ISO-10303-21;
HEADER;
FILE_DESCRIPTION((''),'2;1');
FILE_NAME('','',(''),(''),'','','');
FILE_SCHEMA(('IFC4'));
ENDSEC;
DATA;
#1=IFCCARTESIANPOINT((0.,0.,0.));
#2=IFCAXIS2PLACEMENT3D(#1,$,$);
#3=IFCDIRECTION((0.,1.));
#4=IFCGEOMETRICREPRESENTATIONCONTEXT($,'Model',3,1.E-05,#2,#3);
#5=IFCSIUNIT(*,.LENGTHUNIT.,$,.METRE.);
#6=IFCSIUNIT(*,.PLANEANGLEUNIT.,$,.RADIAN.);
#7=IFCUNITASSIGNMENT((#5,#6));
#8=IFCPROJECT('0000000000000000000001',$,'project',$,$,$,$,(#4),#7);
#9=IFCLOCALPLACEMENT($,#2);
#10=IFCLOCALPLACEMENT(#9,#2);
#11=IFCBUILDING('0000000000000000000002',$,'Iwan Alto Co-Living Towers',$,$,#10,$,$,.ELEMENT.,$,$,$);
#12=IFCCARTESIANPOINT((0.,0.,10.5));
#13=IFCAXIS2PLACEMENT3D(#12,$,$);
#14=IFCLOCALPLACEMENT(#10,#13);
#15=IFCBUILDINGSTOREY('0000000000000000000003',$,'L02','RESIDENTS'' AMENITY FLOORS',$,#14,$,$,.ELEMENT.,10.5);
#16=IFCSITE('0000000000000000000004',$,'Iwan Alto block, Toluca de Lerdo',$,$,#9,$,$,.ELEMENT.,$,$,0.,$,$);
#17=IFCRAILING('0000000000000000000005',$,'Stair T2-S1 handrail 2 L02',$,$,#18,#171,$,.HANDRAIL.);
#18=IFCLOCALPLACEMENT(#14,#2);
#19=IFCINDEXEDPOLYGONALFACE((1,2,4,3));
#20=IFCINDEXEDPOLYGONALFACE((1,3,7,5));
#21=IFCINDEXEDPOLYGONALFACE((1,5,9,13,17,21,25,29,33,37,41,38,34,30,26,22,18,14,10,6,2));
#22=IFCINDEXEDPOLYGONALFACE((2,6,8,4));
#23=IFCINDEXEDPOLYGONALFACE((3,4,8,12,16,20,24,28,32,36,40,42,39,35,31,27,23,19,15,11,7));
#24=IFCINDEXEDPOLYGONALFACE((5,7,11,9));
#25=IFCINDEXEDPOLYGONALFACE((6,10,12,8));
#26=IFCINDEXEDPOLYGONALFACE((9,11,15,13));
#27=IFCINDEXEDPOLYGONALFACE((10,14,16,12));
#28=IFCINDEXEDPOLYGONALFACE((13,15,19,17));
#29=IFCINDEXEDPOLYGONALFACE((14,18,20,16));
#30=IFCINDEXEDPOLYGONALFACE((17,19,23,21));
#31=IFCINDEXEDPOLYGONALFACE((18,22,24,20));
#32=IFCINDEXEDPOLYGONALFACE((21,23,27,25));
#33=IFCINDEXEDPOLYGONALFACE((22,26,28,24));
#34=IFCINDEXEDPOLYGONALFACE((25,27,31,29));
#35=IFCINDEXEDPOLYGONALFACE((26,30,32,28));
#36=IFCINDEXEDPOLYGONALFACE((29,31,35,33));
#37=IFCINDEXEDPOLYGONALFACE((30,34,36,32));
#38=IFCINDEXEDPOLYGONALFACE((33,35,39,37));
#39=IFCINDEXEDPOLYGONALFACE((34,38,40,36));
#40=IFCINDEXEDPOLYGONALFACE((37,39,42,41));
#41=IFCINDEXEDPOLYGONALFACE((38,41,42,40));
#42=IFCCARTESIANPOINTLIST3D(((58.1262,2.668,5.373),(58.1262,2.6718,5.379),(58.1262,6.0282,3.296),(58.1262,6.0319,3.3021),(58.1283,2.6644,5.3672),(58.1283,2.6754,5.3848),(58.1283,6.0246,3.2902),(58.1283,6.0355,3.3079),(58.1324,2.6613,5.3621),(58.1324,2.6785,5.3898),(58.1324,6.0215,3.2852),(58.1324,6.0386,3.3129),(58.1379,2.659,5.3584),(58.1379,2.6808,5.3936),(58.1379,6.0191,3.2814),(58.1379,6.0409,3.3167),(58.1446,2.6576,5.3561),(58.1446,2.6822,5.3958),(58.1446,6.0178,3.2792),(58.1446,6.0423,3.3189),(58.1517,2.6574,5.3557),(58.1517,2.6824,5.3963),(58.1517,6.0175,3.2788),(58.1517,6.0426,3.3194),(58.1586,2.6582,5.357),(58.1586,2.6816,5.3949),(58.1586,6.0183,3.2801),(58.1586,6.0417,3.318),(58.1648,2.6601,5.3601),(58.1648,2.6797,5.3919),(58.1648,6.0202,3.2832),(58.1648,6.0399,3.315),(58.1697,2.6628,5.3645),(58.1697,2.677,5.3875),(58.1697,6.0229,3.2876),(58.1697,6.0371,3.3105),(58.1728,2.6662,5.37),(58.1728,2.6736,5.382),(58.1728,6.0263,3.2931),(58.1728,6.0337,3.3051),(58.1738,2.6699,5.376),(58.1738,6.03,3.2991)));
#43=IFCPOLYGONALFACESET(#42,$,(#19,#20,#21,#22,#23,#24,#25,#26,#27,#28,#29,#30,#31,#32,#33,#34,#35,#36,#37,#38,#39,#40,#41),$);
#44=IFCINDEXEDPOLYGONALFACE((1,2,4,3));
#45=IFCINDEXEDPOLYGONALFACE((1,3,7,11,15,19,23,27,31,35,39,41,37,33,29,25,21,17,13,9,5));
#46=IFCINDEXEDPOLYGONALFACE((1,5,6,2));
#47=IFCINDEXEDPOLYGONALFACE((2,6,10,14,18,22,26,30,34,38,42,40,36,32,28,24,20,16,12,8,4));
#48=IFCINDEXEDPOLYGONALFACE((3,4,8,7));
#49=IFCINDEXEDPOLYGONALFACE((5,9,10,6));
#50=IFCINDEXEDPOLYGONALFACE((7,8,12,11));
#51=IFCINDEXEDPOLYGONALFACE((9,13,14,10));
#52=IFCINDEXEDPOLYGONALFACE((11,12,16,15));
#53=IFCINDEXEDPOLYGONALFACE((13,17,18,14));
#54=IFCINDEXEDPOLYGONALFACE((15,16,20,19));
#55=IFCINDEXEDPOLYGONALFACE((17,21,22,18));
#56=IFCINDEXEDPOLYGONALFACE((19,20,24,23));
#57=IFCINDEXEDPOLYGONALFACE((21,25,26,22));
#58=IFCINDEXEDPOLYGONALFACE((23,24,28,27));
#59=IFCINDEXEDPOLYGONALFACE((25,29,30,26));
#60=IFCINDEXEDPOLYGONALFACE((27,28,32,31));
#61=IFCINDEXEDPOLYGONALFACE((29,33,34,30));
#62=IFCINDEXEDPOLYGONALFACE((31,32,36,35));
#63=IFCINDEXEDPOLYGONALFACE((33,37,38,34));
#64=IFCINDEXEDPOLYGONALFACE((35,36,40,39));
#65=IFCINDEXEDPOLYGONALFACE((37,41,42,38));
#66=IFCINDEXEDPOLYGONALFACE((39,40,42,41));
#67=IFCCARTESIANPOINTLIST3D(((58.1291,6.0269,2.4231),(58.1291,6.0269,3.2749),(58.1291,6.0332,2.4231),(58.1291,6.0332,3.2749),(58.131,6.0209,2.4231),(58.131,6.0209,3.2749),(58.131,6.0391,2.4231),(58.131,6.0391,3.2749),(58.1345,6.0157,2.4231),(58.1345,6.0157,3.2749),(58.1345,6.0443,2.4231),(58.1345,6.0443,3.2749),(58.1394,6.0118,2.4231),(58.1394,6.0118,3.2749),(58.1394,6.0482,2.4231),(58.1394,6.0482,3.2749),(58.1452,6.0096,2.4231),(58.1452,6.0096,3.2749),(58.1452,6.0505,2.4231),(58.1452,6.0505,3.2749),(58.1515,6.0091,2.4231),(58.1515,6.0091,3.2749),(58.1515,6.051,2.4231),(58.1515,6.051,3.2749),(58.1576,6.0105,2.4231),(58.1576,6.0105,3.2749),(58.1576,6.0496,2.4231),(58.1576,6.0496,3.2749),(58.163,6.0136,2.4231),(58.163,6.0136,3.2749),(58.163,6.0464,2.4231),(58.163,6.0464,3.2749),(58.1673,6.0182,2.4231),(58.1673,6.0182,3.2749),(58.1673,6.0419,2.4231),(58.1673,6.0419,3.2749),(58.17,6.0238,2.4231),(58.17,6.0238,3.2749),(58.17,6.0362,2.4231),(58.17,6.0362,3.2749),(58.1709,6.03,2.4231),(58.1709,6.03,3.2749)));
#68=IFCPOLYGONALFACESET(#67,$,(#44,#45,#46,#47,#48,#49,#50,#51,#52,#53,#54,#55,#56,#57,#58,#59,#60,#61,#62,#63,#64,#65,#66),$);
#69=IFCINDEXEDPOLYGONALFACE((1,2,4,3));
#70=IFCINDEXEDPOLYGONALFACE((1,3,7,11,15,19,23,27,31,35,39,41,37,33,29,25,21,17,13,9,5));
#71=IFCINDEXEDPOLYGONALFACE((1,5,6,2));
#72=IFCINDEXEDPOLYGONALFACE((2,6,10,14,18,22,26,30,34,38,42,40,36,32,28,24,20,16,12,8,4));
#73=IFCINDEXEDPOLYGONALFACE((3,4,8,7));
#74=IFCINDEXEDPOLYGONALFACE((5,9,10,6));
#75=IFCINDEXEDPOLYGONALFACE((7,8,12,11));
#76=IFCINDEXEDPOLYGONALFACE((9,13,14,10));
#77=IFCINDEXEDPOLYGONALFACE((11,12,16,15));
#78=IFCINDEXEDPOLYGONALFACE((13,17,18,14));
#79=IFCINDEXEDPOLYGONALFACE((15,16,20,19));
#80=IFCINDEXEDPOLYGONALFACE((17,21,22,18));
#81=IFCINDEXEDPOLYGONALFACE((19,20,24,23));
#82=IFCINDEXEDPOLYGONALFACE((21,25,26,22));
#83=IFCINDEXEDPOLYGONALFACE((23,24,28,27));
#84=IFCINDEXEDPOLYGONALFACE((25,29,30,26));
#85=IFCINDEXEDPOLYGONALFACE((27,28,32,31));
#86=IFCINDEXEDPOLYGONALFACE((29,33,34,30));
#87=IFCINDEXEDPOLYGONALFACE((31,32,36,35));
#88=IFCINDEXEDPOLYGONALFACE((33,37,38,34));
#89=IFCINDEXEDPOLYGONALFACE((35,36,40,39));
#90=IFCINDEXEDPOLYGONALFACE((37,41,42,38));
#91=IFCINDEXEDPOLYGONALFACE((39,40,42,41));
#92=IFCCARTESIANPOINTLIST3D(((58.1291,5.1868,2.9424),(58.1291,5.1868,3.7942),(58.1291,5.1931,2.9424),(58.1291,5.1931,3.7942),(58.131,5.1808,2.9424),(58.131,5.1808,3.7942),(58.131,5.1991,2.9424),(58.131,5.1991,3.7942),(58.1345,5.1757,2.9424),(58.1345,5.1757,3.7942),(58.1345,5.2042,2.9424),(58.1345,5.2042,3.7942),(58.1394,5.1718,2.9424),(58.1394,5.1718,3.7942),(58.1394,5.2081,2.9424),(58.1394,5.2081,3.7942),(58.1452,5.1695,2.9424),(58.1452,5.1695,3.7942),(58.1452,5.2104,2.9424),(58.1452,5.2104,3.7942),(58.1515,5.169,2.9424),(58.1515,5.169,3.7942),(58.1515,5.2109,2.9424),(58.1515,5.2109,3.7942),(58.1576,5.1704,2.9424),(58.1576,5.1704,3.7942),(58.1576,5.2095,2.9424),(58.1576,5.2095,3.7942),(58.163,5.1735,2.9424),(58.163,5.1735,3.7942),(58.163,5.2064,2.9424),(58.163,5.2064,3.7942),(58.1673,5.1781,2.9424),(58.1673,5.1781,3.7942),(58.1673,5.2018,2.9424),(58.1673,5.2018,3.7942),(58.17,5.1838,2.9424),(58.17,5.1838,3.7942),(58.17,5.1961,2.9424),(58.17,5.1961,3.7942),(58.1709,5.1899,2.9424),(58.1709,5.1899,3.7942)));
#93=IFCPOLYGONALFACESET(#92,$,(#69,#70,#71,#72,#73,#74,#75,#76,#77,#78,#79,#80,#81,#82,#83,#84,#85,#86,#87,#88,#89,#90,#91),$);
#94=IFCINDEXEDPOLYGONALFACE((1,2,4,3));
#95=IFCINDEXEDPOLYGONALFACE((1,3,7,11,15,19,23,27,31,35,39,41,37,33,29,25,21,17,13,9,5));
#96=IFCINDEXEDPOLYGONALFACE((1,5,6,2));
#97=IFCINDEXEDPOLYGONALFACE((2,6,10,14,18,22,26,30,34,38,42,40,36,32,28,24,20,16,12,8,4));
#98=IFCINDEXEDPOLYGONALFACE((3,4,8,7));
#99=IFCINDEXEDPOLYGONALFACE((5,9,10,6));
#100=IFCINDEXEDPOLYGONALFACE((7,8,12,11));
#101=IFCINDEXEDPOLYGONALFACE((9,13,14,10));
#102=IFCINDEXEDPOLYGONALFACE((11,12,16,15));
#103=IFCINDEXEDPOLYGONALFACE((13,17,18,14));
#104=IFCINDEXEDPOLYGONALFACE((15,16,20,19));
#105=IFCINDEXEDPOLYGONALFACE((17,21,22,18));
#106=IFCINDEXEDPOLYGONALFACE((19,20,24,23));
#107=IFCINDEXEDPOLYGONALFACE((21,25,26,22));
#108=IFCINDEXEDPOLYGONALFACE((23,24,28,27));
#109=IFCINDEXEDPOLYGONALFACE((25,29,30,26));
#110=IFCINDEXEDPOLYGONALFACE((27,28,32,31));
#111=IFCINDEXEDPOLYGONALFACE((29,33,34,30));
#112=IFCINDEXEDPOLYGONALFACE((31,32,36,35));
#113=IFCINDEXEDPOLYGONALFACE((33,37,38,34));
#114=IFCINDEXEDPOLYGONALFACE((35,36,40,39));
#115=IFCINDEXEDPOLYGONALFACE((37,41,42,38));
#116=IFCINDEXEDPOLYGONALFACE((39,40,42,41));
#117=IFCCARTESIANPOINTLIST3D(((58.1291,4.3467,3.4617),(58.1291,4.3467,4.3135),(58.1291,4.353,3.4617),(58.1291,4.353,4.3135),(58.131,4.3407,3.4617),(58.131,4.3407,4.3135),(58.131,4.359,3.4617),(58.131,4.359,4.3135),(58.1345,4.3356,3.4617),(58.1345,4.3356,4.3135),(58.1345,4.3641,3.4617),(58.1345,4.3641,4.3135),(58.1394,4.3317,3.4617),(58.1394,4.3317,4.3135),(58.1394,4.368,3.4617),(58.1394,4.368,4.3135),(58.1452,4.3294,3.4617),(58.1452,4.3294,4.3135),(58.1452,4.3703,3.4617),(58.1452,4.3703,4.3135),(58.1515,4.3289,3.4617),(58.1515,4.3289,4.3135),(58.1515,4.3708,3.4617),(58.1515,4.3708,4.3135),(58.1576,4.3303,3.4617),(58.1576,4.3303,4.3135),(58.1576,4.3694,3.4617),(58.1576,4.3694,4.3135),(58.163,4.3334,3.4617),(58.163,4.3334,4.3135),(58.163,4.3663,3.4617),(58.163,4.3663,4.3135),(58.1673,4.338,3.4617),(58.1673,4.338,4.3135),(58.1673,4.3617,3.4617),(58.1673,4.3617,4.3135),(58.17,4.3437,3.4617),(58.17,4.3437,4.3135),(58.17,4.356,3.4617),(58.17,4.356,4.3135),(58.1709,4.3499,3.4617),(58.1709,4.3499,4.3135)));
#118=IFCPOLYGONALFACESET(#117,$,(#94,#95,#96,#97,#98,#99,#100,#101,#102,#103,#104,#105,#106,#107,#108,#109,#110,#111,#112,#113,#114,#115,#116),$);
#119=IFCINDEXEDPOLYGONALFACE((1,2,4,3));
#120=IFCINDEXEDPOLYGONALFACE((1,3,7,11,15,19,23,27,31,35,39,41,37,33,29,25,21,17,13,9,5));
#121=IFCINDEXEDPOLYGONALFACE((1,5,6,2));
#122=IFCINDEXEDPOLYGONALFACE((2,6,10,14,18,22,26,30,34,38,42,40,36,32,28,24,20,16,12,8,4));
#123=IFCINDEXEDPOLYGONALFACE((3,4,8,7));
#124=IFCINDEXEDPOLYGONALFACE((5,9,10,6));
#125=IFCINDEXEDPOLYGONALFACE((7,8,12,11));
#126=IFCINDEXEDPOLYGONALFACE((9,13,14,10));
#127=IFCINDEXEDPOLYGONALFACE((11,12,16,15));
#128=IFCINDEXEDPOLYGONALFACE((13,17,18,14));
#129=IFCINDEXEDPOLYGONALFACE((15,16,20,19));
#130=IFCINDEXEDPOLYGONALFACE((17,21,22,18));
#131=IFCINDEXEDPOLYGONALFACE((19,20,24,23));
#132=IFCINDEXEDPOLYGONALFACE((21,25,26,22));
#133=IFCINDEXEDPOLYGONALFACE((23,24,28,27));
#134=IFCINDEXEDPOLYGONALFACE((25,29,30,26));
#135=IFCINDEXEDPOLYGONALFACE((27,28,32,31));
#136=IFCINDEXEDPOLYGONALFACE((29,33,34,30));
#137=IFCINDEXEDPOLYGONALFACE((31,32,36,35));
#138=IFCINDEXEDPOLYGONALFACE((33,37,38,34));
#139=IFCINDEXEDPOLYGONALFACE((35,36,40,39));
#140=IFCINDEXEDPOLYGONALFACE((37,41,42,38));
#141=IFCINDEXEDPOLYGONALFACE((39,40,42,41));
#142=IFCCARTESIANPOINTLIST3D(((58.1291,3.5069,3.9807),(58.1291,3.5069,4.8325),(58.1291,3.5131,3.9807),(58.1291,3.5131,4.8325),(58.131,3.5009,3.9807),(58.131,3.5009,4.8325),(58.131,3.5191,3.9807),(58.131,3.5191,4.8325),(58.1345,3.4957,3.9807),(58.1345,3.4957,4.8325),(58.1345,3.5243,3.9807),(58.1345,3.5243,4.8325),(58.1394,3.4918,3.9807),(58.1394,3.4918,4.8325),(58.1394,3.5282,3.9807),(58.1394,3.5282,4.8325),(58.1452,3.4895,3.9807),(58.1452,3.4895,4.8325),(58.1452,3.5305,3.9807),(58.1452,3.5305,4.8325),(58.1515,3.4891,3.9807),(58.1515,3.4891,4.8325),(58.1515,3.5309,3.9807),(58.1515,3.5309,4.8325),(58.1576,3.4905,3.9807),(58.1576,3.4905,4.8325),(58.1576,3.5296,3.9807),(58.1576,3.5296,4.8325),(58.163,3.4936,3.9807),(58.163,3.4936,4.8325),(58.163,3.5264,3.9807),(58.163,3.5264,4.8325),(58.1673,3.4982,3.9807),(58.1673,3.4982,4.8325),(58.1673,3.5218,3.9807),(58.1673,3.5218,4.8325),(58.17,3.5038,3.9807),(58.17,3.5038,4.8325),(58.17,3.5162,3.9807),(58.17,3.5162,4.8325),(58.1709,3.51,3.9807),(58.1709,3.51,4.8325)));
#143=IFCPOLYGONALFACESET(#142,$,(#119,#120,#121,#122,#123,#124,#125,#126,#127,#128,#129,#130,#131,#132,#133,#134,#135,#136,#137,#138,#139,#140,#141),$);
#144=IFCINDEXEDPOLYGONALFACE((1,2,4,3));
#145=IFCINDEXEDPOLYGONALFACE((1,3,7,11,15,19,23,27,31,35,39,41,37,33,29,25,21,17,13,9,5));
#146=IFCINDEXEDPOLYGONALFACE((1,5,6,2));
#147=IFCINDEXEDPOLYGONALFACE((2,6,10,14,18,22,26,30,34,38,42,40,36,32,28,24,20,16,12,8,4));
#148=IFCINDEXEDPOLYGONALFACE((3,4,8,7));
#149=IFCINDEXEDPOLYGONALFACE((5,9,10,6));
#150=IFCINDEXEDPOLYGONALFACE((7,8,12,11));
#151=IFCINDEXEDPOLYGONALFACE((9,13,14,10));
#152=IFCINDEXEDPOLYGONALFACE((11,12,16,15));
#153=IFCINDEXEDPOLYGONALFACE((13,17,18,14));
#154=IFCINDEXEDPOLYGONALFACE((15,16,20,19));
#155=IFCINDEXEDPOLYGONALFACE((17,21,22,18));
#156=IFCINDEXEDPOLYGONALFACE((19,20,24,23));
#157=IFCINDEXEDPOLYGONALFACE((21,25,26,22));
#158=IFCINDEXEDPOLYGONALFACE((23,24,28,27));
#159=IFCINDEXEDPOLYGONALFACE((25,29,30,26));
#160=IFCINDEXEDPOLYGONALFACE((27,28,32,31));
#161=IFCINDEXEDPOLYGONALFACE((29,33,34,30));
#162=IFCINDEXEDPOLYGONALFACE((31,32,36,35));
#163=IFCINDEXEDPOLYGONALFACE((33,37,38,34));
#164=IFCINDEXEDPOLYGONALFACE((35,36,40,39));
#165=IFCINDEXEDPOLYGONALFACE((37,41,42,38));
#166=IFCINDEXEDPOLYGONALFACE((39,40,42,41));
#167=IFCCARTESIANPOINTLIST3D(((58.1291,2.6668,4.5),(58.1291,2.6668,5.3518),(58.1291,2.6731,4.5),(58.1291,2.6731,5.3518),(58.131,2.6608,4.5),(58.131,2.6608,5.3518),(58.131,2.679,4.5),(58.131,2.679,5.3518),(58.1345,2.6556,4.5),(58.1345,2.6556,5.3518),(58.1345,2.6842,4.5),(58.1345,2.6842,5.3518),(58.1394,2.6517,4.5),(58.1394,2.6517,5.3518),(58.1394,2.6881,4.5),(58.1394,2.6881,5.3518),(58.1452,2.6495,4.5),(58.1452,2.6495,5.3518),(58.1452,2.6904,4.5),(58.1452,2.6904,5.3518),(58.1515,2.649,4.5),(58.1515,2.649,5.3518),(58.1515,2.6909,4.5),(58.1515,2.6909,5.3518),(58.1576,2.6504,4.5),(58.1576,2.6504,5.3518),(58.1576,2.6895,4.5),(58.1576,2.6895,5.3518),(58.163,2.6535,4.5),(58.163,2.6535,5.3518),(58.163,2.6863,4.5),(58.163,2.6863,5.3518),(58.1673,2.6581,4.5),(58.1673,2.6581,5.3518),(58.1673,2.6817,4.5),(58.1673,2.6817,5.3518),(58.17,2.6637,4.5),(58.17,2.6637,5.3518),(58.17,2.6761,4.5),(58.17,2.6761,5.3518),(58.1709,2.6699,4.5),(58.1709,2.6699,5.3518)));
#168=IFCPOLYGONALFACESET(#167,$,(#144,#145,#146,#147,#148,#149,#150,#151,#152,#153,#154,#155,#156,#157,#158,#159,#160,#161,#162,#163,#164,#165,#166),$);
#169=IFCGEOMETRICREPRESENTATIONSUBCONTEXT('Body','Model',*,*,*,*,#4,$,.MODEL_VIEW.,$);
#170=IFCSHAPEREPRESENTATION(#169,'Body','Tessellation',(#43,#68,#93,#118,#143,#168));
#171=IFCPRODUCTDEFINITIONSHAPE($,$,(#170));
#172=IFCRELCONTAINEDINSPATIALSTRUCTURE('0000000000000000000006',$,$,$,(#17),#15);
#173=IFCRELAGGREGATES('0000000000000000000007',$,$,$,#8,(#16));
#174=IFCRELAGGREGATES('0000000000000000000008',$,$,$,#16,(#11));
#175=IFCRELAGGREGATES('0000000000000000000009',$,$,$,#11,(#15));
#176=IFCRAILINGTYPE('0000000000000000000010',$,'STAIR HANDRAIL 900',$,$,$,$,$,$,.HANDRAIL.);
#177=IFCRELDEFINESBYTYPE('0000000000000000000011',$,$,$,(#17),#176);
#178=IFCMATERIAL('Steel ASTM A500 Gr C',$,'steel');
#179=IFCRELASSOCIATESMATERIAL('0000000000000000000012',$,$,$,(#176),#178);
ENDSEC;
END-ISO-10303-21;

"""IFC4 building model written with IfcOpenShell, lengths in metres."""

from ifc_helpers import new_model, si_unit, direction, frame, origin, origin_2d, place, context, subcontext, project, spatial, circle, extrude, material, type_object, element, save


model = new_model("IFC4")

# Units and contexts
model_context = context("Model", 3, precision=1e-05, world=origin(), true_north=direction((0.0, 1.0)))
body_context = subcontext(model_context, "Body", "Model", "MODEL_VIEW")
ifc_project = project(units=[si_unit("LENGTHUNIT", "METRE"), si_unit("PLANEANGLEUNIT", "RADIAN")], contexts=[model_context])

# Site, building, storey
site_placement = place(None, origin())
site = spatial("IfcSite", under=ifc_project, at=site_placement, Name="Iwan Alto block, Toluca de Lerdo", CompositionType="ELEMENT", RefElevation=0.0)
building_placement = place(site_placement, origin())
building = spatial("IfcBuilding", under=site, at=building_placement, Name="Iwan Alto Co-Living Towers", CompositionType="ELEMENT")
storey_placement = place(building_placement, frame((0.0, 0.0, 10.5)))
storey = spatial("IfcBuildingStorey", under=building, at=storey_placement, Name="L02", Description="RESIDENTS' AMENITY FLOORS", CompositionType="ELEMENT", Elevation=10.5)

# Railing
ifc_material_1 = material(Name="Steel ASTM A500 Gr C", Category="steel")
railing_type_1 = type_object("IfcRailingType", Name="STAIR HANDRAIL 900", PredefinedType="HANDRAIL", material=ifc_material_1)
railing_1_placement = place(storey_placement, frame((58.1499, 6.03, 2.4231)))
element("IfcRailing", 1, at=railing_1_placement, inside=storey, type_object=railing_type_1, Name="Stair T2-S1 handrail 2 L02", PredefinedType="HANDRAIL", context=body_context, shape_type="SweptSolid", body=[
    extrude(circle(Radius=0.0239, at=origin_2d()), frame((0.0, 0.0, 0.876), z_axis=(0.0, -0.850623, 0.525776), x_axis=(1.0, 0.0, 0.0)), (0.0, 0.0, 1.0), 3.9502),
    extrude(circle(Radius=0.021, at=origin_2d()), origin(), (0.0, 0.0, 1.0), 0.8518),
    extrude(circle(Radius=0.021, at=origin_2d()), frame((0.0, -0.8401, 0.5193)), (0.0, 0.0, 1.0), 0.8518),
    extrude(circle(Radius=0.021, at=origin_2d()), frame((0.0, -1.6802, 1.0386)), (0.0, 0.0, 1.0), 0.8518),
    extrude(circle(Radius=0.021, at=origin_2d()), frame((0.0, -2.52, 1.5576)), (0.0, 0.0, 1.0), 0.8518),
    extrude(circle(Radius=0.021, at=origin_2d()), frame((0.0, -3.3601, 2.0769)), (0.0, 0.0, 1.0), 0.8518),
])

save(model, "model.ifc")
